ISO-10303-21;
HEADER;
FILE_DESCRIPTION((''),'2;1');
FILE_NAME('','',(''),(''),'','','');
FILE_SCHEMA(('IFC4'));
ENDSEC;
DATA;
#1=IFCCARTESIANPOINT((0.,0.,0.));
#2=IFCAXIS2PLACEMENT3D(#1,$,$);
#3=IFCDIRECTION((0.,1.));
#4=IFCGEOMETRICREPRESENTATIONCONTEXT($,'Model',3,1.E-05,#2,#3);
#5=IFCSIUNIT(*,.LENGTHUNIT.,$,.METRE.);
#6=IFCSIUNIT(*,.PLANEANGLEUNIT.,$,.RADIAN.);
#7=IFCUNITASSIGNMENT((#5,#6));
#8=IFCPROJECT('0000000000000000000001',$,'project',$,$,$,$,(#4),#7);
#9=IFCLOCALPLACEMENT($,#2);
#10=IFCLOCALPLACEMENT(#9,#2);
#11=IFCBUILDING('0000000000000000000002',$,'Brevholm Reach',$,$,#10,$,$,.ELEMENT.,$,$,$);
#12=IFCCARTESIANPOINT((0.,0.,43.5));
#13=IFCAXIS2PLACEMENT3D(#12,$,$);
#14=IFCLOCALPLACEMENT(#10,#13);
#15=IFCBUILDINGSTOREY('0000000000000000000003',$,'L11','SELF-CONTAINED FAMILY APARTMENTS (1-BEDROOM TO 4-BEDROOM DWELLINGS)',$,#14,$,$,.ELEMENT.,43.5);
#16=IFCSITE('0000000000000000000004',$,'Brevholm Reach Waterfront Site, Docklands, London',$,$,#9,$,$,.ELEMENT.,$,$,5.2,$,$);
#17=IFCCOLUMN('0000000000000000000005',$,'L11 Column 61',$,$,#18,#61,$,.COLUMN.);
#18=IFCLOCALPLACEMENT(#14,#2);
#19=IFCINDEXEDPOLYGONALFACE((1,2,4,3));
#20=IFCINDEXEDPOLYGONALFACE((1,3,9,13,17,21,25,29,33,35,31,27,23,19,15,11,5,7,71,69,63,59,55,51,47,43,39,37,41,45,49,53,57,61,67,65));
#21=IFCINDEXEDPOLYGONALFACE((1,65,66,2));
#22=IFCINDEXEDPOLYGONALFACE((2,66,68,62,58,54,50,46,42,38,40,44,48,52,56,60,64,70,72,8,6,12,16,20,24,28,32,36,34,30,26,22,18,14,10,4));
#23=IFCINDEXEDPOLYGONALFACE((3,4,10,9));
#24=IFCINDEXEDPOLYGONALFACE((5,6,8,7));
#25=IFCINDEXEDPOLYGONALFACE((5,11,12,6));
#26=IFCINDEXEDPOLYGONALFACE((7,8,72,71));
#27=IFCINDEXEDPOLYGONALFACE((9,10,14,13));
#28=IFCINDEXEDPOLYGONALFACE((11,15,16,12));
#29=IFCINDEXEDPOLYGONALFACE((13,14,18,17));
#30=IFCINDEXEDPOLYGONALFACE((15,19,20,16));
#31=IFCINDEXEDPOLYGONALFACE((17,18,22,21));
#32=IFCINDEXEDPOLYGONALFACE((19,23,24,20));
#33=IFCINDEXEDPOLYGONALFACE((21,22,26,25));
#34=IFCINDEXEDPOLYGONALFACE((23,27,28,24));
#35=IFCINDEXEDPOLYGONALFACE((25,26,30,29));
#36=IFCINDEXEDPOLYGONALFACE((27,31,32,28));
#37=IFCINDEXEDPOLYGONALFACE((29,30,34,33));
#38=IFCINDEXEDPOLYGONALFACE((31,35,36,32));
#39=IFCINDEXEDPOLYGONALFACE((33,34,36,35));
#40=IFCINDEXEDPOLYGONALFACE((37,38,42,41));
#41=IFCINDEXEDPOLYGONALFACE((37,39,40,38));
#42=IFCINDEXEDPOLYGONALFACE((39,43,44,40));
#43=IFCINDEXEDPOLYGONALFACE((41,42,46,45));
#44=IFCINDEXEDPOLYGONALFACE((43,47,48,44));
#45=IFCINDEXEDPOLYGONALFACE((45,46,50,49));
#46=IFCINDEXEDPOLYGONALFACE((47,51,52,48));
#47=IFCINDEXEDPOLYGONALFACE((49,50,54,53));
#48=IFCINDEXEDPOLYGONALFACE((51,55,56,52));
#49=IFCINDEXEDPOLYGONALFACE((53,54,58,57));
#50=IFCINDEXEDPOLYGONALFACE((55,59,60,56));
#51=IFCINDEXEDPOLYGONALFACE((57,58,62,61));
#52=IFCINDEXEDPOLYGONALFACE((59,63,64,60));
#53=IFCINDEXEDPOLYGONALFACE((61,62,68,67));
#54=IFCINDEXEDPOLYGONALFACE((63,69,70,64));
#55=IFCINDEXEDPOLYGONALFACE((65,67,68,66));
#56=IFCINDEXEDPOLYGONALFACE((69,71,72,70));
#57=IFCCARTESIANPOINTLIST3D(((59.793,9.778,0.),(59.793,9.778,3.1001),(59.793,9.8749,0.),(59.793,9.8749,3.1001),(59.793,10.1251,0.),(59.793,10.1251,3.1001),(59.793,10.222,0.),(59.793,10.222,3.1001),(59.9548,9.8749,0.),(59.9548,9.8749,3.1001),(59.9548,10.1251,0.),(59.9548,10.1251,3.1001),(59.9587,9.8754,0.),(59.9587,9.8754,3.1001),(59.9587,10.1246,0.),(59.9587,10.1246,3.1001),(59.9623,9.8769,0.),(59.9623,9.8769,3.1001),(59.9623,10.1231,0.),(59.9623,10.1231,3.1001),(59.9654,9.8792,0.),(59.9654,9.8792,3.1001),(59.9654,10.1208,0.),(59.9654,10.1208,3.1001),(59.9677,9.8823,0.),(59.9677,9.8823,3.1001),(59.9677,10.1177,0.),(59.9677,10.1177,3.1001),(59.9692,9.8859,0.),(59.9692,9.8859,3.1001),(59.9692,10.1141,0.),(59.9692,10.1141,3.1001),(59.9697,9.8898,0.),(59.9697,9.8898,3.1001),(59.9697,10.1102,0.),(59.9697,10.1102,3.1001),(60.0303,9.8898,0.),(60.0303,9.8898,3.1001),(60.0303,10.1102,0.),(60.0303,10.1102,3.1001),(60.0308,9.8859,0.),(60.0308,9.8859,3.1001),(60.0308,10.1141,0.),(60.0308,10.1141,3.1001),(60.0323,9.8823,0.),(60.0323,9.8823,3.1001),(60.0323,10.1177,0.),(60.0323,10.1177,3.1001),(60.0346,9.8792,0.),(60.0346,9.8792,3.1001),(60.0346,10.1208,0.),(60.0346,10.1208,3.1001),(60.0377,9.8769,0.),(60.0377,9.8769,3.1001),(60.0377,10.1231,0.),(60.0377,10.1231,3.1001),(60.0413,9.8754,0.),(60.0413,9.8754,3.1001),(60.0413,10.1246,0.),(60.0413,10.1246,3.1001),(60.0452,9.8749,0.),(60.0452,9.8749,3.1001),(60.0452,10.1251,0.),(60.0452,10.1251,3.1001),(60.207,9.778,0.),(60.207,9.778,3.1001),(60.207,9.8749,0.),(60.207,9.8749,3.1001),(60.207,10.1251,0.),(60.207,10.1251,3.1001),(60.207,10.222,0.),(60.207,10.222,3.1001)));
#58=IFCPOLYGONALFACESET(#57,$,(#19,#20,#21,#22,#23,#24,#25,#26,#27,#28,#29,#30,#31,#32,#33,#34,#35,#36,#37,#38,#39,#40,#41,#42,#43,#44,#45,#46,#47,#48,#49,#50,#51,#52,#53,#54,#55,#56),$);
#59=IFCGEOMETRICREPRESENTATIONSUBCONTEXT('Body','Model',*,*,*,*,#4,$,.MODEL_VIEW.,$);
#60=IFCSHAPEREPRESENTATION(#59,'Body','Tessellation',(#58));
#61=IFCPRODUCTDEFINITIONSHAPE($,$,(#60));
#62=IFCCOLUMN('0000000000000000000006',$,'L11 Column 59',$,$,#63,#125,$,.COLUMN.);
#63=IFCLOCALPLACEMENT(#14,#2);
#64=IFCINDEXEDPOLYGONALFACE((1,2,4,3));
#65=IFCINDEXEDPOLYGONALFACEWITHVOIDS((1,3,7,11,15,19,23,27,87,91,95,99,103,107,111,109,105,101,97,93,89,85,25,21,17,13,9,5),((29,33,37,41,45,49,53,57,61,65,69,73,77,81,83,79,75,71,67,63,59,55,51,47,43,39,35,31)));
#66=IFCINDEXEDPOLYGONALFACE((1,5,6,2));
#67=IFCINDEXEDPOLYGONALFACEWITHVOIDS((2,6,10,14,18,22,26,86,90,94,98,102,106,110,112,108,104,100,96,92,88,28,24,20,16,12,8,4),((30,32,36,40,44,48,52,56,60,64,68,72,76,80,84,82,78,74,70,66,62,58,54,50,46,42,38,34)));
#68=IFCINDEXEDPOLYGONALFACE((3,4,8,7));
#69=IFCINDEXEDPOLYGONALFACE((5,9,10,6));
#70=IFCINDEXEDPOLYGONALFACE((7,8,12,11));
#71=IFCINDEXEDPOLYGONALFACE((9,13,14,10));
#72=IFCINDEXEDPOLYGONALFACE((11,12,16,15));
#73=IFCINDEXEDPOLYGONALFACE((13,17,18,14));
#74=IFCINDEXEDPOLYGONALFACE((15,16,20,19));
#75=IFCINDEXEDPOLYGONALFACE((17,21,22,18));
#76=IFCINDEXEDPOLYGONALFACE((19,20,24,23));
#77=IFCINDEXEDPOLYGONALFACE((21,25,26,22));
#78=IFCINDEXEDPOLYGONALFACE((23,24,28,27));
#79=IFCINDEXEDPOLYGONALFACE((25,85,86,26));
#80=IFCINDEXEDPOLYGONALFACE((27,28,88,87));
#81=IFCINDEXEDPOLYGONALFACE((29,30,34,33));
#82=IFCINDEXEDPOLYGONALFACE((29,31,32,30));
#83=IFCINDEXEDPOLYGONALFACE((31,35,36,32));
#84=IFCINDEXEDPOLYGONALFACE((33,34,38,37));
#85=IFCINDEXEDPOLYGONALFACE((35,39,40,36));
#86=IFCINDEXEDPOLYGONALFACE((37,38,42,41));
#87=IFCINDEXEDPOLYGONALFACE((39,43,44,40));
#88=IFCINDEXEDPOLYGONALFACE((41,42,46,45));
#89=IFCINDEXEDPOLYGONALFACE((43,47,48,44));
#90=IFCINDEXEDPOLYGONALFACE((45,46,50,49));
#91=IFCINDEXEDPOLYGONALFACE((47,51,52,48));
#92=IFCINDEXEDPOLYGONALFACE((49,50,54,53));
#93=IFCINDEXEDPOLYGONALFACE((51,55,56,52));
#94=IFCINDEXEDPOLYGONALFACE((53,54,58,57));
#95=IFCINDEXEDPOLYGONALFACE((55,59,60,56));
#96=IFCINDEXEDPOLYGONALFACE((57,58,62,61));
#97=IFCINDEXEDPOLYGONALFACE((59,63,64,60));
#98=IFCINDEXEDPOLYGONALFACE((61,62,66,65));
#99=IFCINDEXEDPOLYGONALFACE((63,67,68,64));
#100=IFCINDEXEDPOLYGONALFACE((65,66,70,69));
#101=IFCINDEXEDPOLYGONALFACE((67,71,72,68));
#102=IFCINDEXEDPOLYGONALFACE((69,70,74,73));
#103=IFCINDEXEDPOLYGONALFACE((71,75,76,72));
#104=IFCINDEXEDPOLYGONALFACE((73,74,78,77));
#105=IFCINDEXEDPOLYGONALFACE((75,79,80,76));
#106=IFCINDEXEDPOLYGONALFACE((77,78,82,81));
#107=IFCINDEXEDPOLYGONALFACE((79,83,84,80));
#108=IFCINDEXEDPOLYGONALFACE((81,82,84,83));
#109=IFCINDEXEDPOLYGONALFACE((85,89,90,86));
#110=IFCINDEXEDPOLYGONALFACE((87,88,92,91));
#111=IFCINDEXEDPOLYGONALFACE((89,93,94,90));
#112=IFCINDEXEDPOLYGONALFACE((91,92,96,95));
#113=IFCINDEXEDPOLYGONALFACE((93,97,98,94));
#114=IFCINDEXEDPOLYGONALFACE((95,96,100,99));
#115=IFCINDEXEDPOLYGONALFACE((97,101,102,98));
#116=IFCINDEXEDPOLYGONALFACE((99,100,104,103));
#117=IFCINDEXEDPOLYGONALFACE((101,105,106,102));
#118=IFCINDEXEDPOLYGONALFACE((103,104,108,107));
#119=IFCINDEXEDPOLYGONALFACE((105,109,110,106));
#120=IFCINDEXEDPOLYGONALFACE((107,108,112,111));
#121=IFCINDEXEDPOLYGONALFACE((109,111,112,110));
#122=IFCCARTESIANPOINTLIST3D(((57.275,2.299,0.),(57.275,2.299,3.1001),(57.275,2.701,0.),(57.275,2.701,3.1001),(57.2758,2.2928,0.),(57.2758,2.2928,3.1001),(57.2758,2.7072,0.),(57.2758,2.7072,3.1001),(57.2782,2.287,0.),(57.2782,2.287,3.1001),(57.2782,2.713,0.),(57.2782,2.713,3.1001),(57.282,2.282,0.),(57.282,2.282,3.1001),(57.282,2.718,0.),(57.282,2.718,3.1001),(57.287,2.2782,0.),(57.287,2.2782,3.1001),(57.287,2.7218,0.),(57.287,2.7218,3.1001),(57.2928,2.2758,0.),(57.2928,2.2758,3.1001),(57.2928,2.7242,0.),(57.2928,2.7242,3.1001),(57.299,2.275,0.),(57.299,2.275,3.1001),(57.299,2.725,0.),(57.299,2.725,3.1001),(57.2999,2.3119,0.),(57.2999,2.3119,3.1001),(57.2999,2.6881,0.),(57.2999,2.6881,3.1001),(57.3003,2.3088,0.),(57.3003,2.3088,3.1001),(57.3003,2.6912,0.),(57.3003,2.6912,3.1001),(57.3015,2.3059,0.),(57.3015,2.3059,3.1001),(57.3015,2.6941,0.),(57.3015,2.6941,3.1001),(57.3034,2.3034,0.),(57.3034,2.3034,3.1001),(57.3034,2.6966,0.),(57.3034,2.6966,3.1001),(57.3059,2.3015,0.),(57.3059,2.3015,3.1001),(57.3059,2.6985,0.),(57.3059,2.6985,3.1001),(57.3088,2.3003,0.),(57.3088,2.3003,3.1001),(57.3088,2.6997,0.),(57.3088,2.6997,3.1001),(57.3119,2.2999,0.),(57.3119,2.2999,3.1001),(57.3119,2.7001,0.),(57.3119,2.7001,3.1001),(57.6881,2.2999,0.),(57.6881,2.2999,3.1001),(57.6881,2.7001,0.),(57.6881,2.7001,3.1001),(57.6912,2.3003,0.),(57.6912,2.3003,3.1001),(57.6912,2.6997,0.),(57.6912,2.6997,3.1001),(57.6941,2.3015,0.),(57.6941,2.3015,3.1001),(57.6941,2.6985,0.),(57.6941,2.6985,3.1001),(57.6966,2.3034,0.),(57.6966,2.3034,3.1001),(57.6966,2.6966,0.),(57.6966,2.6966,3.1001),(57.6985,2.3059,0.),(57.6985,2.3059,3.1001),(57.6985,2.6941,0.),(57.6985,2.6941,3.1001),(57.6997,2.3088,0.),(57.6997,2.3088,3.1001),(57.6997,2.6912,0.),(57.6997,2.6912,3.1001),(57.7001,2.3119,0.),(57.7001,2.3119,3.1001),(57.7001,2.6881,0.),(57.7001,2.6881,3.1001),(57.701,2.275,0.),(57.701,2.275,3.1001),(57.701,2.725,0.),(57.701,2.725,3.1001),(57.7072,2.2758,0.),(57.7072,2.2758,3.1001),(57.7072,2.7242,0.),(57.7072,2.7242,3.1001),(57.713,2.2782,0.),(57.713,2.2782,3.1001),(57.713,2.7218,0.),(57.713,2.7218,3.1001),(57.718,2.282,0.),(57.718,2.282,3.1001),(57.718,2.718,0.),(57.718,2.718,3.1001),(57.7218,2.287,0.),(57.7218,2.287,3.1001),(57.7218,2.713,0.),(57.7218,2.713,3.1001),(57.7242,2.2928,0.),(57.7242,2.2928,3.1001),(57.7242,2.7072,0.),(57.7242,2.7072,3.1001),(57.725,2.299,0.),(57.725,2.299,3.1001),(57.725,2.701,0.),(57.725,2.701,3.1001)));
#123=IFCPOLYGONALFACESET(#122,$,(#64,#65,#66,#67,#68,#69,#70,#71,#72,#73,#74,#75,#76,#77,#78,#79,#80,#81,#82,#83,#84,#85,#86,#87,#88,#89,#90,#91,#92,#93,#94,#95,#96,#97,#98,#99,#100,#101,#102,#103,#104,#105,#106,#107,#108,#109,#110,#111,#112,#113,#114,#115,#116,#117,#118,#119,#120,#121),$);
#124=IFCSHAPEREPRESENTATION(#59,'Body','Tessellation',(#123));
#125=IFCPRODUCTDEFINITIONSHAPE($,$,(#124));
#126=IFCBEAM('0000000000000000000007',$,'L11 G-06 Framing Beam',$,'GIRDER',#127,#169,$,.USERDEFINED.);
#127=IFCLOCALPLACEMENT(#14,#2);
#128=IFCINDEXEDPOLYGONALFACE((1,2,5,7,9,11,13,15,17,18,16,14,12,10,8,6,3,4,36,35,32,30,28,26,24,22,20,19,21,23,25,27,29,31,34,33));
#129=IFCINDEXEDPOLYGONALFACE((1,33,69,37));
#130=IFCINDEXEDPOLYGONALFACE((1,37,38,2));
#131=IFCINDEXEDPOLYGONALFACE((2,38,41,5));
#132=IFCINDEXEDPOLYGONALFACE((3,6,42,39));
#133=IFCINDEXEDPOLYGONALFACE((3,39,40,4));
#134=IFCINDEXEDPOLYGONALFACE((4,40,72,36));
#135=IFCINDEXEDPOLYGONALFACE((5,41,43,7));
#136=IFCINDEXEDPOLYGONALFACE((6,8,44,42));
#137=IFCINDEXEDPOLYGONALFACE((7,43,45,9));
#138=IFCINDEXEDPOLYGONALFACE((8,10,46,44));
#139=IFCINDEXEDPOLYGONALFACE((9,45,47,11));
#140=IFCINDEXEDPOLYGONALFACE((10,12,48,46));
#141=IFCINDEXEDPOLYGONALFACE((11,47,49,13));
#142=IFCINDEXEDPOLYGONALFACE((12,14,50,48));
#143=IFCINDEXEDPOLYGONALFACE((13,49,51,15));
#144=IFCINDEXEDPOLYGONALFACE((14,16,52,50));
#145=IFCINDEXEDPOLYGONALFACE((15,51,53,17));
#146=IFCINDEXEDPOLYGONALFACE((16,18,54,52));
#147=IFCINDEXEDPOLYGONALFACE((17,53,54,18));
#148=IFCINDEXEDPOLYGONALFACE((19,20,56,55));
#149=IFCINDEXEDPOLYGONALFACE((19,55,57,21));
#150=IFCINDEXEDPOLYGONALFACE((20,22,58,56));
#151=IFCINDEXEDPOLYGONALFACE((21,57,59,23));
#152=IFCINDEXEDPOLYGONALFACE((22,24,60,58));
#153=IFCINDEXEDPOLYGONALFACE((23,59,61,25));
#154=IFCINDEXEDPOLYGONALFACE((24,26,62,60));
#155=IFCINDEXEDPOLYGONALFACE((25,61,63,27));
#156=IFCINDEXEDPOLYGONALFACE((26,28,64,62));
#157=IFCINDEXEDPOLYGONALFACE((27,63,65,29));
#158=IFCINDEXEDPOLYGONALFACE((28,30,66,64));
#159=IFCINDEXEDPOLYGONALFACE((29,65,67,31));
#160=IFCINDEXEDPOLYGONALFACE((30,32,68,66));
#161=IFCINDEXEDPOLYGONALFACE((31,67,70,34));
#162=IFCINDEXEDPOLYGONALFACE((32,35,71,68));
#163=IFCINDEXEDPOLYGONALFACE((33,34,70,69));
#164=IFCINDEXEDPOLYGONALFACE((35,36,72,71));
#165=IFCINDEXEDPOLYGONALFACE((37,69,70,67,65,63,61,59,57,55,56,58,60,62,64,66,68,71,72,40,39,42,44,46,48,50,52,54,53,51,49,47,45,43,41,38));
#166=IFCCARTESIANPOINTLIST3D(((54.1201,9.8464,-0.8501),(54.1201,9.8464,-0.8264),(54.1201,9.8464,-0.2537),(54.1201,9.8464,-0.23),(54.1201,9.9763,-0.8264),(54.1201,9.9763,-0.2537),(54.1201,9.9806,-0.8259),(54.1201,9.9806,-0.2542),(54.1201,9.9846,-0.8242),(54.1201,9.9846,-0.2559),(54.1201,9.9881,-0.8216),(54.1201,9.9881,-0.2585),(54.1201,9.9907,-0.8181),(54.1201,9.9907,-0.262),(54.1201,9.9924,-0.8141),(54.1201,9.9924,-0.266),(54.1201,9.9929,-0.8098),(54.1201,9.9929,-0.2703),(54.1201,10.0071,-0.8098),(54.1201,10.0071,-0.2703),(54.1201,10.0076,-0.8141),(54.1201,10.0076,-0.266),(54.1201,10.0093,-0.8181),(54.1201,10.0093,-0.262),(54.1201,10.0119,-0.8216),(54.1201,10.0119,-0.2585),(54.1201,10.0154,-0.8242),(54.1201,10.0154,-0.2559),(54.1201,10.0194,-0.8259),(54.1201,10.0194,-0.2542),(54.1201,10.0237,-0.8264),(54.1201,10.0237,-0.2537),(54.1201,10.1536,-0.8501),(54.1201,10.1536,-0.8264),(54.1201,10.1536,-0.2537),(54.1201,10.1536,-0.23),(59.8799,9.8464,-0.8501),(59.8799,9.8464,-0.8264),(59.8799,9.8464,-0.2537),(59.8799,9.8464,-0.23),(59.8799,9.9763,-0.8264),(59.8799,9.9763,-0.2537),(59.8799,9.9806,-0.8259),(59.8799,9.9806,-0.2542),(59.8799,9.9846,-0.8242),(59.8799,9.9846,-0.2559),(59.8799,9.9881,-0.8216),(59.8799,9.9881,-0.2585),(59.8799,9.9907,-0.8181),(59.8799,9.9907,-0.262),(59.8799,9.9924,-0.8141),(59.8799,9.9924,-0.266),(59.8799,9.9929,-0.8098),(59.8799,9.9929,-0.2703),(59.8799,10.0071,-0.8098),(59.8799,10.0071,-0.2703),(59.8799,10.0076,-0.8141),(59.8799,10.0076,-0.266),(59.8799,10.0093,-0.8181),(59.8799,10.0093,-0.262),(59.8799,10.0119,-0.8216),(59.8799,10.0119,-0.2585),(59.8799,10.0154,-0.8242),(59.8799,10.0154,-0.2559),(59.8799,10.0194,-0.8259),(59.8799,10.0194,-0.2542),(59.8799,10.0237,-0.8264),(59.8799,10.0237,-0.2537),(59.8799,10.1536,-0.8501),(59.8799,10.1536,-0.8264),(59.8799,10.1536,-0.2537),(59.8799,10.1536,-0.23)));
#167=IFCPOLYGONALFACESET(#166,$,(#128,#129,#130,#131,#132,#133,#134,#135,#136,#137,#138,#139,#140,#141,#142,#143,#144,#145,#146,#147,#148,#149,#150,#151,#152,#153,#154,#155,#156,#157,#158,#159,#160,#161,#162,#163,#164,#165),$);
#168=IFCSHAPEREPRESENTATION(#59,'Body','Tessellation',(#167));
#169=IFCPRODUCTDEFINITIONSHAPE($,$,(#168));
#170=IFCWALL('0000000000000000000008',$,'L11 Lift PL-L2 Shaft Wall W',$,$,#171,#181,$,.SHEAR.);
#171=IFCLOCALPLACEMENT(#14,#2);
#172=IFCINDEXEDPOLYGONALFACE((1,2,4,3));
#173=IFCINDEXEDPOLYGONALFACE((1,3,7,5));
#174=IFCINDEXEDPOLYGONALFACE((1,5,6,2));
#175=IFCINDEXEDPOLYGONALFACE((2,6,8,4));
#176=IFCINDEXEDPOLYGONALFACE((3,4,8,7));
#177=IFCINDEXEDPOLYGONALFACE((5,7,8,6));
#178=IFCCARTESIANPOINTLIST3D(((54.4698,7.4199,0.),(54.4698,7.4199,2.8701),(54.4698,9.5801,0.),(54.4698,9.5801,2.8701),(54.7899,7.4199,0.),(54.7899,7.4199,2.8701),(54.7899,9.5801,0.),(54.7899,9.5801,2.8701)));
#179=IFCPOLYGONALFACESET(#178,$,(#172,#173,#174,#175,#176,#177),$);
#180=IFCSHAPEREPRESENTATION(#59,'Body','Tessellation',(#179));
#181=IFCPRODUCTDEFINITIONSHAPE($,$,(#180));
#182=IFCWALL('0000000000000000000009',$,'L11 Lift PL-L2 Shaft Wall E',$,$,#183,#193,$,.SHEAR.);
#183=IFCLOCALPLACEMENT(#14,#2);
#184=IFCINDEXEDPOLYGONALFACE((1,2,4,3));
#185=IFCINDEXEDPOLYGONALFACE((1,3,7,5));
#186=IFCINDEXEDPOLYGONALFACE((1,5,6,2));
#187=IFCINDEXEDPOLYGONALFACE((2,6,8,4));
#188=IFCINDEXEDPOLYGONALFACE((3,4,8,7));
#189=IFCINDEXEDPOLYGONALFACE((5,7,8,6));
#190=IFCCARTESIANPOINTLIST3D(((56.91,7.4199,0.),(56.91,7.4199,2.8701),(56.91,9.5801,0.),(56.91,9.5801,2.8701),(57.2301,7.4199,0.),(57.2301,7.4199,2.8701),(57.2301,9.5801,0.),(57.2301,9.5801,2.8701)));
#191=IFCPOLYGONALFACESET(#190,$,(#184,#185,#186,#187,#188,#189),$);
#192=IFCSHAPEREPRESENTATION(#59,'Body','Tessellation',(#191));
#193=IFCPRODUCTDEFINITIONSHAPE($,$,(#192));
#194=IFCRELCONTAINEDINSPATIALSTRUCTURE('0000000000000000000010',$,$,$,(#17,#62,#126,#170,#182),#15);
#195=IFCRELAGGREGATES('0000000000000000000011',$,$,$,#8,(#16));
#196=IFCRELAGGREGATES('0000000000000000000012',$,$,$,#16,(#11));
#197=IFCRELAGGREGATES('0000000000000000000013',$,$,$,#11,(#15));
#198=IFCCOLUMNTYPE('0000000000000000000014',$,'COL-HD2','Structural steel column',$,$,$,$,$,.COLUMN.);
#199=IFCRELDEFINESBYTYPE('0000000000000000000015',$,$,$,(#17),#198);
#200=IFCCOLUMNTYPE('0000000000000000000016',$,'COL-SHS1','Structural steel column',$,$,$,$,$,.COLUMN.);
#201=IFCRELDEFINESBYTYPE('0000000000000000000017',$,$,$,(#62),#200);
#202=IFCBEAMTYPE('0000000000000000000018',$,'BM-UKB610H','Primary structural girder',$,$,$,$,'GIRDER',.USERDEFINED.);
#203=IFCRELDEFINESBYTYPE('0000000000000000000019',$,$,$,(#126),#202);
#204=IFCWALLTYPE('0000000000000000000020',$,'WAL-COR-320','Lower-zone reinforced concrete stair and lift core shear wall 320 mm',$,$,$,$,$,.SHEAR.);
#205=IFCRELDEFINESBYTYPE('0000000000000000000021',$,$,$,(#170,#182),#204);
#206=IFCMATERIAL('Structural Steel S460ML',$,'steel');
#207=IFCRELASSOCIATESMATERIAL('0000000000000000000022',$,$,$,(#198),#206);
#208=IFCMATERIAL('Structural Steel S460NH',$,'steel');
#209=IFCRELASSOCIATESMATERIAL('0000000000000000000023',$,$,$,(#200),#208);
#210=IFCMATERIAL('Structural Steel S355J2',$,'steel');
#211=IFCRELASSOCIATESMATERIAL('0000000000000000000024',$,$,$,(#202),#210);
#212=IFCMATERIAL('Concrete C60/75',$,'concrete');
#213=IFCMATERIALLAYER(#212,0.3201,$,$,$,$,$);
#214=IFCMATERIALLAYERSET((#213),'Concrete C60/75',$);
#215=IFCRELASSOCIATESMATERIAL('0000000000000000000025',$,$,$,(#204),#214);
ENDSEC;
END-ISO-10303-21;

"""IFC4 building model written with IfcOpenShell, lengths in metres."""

from ifc_helpers import new_model, si_unit, direction, frame, frame_2d, origin, origin_2d, place, context, subcontext, project, spatial, rectangle, hollow_rectangle, i_section, extrude, material, layer, layer_set, material_profile, profile_set, type_object, element, save


model = new_model("IFC4")

# Units and contexts
model_context = context("Model", 3, precision=1e-05, world=origin(), true_north=direction((0.0, 1.0)))
body_context = subcontext(model_context, "Body", "Model", "MODEL_VIEW")
ifc_project = project(units=[si_unit("LENGTHUNIT", "METRE"), si_unit("PLANEANGLEUNIT", "RADIAN")], contexts=[model_context])

# Site, building, storey
site_placement = place(None, origin())
site = spatial("IfcSite", under=ifc_project, at=site_placement, Name="Brevholm Reach Waterfront Site, Docklands, London", CompositionType="ELEMENT", RefElevation=5.2)
building_placement = place(site_placement, origin())
building = spatial("IfcBuilding", under=site, at=building_placement, Name="Brevholm Reach", CompositionType="ELEMENT")
storey_placement = place(building_placement, frame((0.0, 0.0, 43.5)))
storey = spatial("IfcBuildingStorey", under=building, at=storey_placement, Name="L11", Description="SELF-CONTAINED FAMILY APARTMENTS (1-BEDROOM TO 4-BEDROOM DWELLINGS)", CompositionType="ELEMENT", Elevation=43.5)

# Columns
ifc_material_1 = material(Name="Structural Steel S460ML", Category="steel")
ifc_material_profile_1 = material_profile(ifc_material_1, i_section(OverallWidth=0.4141, OverallDepth=0.4441, WebThickness=0.0605, FlangeThickness=0.0969, FilletRadius=0.0149, at=origin_2d()), Name="HD 400x818")
ifc_profile_set_1 = profile_set([ifc_material_profile_1], Name="Structural Steel S460ML")
column_type_1 = type_object("IfcColumnType", Name="COL-HD2", Description="Structural steel column", PredefinedType="COLUMN", material=ifc_profile_set_1)
column_1_placement = place(storey_placement, frame((60.0, 10.0, 0.0), z_axis=(0.0, 0.0, 1.0), x_axis=(1.0, 0.0, 0.0)))
element("IfcColumn", 1, at=column_1_placement, inside=storey, type_object=column_type_1, Name="L11 Column 61", PredefinedType="COLUMN", context=body_context, shape_type="SweptSolid", body=[
    extrude(i_section(OverallWidth=0.4141, OverallDepth=0.4441, WebThickness=0.0605, FlangeThickness=0.0969, FilletRadius=0.0149, at=origin_2d()), origin(), (0.0, 0.0, 1.0), 3.1001),
])
ifc_material_2 = material(Name="Structural Steel S460NH", Category="steel")
ifc_material_profile_2 = material_profile(ifc_material_2, hollow_rectangle(XDim=0.45, YDim=0.45, WallThickness=0.0249, InnerFilletRadius=0.012, OuterFilletRadius=0.0239, at=origin_2d()), Name="SHS 450x450x25")
ifc_profile_set_2 = profile_set([ifc_material_profile_2], Name="Structural Steel S460NH")
column_type_2 = type_object("IfcColumnType", Name="COL-SHS1", Description="Structural steel column", PredefinedType="COLUMN", material=ifc_profile_set_2)
column_2_placement = place(storey_placement, frame((57.5, 2.5, 0.0), z_axis=(0.0, 0.0, 1.0), x_axis=(1.0, 0.0, 0.0)))
element("IfcColumn", 2, at=column_2_placement, inside=storey, type_object=column_type_2, Name="L11 Column 59", PredefinedType="COLUMN", context=body_context, shape_type="SweptSolid", body=[
    extrude(hollow_rectangle(XDim=0.45, YDim=0.45, WallThickness=0.0249, InnerFilletRadius=0.012, OuterFilletRadius=0.0239, at=origin_2d()), origin(), (0.0, 0.0, 1.0), 3.1001),
])

# Beam
ifc_material_3 = material(Name="Structural Steel S355J2", Category="steel")
ifc_material_profile_3 = material_profile(ifc_material_3, i_section(OverallWidth=0.3071, OverallDepth=0.6201, WebThickness=0.0142, FlangeThickness=0.0237, FilletRadius=0.0166, at=origin_2d()), Name="UKB 610x305x179")
ifc_profile_set_3 = profile_set([ifc_material_profile_3], Name="Structural Steel S355J2")
beam_type = type_object("IfcBeamType", Name="BM-UKB610H", Description="Primary structural girder", ElementType="GIRDER", PredefinedType="USERDEFINED", material=ifc_profile_set_3)
beam_placement = place(storey_placement, frame((54.1201, 10.0, -0.54), z_axis=(1.0, 0.0, 0.0), x_axis=(0.0, 1.0, 0.0)))
element("IfcBeam", 3, at=beam_placement, inside=storey, type_object=beam_type, Name="L11 G-06 Framing Beam", ObjectType="GIRDER", PredefinedType="USERDEFINED", context=body_context, shape_type="SweptSolid", body=[
    extrude(i_section(OverallWidth=0.3071, OverallDepth=0.6201, WebThickness=0.0142, FlangeThickness=0.0237, FilletRadius=0.0166, at=origin_2d()), origin(), (0.0, 0.0, 1.0), 5.7598),
])

# Walls
ifc_material_4 = material(Name="Concrete C60/75", Category="concrete")
ifc_layer_1 = layer(ifc_material_4, 0.3201)
ifc_layer_set_1 = layer_set([ifc_layer_1], Name="Concrete C60/75")
wall_type_1 = type_object("IfcWallType", Name="WAL-COR-320", Description="Lower-zone reinforced concrete stair and lift core shear wall 320 mm", PredefinedType="SHEAR", material=ifc_layer_set_1)
for number, where, z_axis, x_axis, name in (
    (4, (54.6299, 7.4199, 0.0), (0.0, 0.0, 1.0), (0.0, 1.0, 0.0), "L11 Lift PL-L2 Shaft Wall W"),
    (5, (57.0701, 7.4199, 0.0), (0.0, 0.0, 1.0), (0.0, 1.0, 0.0), "L11 Lift PL-L2 Shaft Wall E"),
):
    element("IfcWall", number, at=place(storey_placement, frame(where, z_axis=z_axis, x_axis=x_axis)), inside=storey, type_object=wall_type_1, Name=name, PredefinedType="SHEAR", context=body_context, shape_type="SweptSolid", body=[
        extrude(rectangle(XDim=2.1602, YDim=0.3201, at=frame_2d((1.0801, 0.0))), origin(), (0.0, 0.0, 1.0), 2.8701),
    ])

save(model, "model.ifc")
